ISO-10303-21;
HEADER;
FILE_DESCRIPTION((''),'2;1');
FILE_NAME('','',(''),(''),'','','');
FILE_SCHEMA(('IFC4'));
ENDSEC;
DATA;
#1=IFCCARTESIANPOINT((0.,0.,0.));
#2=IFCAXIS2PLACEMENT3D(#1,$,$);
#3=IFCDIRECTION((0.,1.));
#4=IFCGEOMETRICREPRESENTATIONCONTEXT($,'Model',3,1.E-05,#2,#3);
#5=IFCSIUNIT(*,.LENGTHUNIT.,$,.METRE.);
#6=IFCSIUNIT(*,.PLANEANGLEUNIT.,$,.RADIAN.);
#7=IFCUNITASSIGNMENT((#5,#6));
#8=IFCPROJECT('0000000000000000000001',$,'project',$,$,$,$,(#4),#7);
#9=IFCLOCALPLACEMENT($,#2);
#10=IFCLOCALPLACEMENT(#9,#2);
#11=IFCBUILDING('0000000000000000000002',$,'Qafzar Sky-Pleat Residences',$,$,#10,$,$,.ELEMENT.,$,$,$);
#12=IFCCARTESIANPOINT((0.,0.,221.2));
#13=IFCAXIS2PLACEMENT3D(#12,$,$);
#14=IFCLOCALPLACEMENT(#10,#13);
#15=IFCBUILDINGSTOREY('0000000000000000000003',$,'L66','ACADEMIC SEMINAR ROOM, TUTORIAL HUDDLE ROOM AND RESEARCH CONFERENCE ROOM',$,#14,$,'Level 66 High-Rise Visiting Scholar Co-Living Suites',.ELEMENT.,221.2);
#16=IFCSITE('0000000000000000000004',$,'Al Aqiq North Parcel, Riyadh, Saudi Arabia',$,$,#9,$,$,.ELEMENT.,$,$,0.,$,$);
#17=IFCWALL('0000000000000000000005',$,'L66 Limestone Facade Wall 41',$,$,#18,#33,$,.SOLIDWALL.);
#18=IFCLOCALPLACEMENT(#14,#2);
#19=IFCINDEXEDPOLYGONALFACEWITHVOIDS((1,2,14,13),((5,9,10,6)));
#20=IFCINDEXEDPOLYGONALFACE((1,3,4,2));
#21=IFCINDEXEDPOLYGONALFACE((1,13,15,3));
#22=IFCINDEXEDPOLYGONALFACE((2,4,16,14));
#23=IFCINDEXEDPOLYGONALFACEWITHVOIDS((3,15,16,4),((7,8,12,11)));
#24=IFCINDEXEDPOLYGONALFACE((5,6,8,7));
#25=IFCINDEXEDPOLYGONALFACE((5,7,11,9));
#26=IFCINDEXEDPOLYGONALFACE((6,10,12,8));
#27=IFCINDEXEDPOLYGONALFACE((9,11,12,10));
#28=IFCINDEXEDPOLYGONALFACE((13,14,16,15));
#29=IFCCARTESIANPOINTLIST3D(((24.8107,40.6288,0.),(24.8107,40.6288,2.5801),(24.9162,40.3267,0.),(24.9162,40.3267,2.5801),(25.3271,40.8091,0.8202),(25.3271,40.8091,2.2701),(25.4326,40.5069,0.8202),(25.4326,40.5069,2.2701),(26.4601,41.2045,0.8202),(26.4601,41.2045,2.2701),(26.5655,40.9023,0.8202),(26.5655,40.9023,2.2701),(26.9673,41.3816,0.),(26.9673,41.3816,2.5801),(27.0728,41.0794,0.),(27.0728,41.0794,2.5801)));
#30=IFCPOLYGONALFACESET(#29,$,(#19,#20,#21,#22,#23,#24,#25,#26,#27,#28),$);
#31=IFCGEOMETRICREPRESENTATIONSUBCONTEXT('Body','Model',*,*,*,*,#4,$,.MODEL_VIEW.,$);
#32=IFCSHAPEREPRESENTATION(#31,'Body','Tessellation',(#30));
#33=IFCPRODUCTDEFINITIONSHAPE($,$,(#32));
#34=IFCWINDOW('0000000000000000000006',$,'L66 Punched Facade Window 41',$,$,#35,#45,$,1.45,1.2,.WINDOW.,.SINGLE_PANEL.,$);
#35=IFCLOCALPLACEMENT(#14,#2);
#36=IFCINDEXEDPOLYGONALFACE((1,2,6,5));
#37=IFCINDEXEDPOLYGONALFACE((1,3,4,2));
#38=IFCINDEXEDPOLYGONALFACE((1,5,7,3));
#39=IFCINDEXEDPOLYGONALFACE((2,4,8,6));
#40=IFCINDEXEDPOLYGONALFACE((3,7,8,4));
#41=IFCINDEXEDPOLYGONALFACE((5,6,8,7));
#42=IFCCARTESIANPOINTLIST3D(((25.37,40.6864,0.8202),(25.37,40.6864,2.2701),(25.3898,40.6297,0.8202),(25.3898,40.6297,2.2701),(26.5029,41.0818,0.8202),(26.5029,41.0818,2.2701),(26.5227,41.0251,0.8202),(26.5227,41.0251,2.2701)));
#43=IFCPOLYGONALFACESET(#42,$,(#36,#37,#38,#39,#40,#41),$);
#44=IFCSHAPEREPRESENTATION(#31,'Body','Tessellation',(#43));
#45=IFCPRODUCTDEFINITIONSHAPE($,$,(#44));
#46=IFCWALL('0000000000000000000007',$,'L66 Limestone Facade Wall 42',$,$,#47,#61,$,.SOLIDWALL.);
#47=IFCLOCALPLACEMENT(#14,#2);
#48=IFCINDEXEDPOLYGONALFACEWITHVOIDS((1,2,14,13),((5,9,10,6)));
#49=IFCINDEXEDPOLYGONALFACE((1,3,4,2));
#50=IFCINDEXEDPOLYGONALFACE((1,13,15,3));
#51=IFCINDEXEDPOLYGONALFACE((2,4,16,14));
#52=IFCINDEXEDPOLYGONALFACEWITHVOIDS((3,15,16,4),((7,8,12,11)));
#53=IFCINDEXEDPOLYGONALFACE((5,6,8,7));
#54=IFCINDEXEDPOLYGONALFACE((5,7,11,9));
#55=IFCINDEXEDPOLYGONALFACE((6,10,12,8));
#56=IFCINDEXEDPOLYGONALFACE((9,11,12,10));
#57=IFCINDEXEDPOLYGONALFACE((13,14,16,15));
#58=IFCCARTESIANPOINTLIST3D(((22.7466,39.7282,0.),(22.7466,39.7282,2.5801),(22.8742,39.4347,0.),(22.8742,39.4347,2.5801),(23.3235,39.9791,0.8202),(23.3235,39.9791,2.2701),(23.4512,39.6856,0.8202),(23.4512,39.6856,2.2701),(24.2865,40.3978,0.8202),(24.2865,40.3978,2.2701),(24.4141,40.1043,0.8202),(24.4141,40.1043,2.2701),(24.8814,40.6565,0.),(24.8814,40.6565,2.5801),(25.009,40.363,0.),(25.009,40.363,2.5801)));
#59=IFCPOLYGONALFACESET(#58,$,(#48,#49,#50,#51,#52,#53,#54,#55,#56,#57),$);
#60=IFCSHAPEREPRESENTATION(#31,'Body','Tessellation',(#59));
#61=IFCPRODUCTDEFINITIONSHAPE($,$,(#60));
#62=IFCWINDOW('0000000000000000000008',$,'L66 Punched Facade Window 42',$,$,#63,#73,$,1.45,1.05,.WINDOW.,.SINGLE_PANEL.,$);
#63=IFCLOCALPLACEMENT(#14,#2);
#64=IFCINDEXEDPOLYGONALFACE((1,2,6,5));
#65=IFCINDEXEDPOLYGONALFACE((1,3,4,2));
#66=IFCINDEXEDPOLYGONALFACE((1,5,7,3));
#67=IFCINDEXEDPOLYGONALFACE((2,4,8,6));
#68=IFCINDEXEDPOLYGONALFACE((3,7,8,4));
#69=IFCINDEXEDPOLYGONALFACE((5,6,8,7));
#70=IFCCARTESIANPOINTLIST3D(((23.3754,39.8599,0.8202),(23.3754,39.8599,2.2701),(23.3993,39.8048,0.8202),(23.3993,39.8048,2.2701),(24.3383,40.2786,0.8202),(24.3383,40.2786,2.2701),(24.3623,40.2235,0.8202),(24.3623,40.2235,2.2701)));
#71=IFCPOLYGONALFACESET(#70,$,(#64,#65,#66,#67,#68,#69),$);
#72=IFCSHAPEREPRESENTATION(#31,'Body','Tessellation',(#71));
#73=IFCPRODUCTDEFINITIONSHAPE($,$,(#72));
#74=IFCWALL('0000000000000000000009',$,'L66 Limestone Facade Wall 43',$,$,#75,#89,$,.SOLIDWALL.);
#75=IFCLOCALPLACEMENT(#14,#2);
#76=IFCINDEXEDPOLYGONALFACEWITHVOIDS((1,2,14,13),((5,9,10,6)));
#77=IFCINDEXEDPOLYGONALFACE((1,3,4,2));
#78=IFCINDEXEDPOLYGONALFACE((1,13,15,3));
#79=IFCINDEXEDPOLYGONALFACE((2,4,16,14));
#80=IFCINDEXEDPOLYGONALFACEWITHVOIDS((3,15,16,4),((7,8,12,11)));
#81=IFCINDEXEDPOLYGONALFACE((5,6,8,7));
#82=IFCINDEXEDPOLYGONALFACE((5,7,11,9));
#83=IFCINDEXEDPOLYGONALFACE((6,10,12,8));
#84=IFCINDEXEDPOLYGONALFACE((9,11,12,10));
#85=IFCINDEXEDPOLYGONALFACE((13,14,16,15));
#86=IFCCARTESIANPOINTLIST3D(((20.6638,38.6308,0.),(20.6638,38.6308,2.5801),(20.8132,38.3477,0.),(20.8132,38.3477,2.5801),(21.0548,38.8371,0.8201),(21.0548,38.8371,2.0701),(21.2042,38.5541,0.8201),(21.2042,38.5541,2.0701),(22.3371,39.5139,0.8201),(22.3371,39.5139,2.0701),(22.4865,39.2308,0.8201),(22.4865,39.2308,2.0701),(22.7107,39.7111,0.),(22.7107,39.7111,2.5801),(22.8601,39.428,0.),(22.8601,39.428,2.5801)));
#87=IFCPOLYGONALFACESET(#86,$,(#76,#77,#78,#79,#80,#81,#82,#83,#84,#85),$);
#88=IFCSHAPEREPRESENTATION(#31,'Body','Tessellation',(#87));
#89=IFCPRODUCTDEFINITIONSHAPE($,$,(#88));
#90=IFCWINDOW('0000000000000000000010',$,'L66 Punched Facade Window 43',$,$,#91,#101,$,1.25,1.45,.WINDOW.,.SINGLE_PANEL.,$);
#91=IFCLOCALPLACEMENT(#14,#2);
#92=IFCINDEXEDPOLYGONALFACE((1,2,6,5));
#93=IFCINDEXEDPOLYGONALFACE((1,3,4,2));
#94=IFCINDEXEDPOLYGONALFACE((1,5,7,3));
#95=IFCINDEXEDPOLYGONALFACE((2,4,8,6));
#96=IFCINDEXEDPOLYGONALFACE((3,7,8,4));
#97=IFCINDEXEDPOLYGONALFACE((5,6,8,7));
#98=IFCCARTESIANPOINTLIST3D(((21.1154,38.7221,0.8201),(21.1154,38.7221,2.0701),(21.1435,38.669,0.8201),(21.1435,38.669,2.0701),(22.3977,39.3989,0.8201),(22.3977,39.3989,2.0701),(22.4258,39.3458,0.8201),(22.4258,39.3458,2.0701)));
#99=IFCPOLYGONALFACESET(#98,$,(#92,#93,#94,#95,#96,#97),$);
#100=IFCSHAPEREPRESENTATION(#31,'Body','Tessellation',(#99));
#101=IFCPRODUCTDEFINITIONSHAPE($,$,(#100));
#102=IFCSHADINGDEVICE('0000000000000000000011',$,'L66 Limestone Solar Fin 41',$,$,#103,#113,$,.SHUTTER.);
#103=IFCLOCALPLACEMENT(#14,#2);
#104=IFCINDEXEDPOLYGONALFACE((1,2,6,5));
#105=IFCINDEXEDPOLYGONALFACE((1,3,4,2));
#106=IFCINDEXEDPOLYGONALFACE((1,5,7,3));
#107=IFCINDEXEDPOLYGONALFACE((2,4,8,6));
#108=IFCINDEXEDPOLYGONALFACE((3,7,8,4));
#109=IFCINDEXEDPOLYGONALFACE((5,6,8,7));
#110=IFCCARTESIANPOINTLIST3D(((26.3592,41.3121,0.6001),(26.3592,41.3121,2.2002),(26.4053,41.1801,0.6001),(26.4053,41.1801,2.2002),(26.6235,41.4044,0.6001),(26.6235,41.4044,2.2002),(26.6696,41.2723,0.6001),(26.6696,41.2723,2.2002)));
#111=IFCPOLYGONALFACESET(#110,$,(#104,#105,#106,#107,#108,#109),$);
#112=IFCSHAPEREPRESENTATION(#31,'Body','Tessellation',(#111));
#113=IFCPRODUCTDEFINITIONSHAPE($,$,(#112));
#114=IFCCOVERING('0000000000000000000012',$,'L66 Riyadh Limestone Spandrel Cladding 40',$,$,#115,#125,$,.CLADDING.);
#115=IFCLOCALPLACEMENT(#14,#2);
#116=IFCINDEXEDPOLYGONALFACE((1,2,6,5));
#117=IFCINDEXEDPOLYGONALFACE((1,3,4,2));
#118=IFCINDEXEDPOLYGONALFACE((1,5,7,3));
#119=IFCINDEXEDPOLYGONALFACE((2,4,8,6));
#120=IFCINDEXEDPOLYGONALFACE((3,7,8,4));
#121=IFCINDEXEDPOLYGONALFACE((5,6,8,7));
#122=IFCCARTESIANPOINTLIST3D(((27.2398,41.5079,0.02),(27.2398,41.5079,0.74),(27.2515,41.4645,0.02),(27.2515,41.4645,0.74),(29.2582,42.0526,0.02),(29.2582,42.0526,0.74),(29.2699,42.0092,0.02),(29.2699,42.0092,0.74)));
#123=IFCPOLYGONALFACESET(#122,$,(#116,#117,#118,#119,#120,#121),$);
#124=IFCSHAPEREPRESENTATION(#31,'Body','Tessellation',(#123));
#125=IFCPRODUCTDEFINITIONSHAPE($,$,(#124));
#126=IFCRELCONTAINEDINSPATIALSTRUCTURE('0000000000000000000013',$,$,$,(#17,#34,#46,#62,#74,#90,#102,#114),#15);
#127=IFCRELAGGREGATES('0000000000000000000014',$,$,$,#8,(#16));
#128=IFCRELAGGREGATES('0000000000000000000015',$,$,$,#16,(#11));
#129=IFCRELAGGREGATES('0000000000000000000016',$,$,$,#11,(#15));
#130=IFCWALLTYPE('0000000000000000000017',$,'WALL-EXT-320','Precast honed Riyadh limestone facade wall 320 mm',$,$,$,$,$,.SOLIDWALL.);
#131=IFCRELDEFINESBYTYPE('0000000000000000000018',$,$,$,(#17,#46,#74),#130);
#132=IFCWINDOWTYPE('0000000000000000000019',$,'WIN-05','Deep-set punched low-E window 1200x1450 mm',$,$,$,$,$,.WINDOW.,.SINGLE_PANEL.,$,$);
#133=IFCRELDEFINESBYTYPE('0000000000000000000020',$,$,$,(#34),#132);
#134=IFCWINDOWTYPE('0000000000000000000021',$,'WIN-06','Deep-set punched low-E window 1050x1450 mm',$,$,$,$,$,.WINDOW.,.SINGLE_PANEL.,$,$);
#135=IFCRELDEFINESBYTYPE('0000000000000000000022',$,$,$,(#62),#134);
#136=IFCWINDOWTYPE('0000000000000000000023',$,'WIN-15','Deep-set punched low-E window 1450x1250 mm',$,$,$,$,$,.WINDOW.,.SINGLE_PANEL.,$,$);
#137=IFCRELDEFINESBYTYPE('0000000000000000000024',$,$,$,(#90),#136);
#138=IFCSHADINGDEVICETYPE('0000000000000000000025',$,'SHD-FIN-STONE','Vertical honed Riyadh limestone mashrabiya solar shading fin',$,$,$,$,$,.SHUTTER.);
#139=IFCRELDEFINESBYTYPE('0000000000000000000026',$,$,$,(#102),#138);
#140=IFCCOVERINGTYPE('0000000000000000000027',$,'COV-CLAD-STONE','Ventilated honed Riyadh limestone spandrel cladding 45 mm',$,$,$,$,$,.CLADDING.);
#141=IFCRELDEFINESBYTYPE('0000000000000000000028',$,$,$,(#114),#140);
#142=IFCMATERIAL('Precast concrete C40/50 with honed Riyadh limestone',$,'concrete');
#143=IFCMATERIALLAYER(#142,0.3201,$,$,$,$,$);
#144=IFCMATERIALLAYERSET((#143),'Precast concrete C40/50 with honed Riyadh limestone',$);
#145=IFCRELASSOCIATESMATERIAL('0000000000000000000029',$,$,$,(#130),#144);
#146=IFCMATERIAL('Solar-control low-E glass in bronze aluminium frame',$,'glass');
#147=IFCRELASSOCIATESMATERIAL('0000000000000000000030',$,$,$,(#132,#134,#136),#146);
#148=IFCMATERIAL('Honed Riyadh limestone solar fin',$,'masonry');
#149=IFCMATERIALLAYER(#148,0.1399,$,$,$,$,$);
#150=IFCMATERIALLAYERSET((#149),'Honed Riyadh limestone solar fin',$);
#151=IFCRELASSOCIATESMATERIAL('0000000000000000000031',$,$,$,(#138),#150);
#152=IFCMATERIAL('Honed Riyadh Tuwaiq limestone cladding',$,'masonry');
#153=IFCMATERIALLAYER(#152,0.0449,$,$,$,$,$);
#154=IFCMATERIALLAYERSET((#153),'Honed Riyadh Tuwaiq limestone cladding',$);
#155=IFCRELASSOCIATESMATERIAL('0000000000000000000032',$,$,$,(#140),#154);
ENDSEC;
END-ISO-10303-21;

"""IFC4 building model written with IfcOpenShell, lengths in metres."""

from ifc_helpers import new_model, si_unit, direction, frame, frame_2d, origin, origin_2d, place, context, subcontext, project, spatial, rectangle, extrude, source, transform, mapped, material, layer, layer_set, type_object, element, fill, save


model = new_model("IFC4")

# Units and contexts
model_context = context("Model", 3, precision=1e-05, world=origin(), true_north=direction((0.0, 1.0)))
body_context = subcontext(model_context, "Body", "Model", "MODEL_VIEW")
ifc_project = project(units=[si_unit("LENGTHUNIT", "METRE"), si_unit("PLANEANGLEUNIT", "RADIAN")], contexts=[model_context])

# Site, building, storey
site_placement = place(None, origin())
site = spatial("IfcSite", under=ifc_project, at=site_placement, Name="Al Aqiq North Parcel, Riyadh, Saudi Arabia", CompositionType="ELEMENT", RefElevation=0.0)
building_placement = place(site_placement, origin())
building = spatial("IfcBuilding", under=site, at=building_placement, Name="Qafzar Sky-Pleat Residences", CompositionType="ELEMENT")
storey_placement = place(building_placement, frame((0.0, 0.0, 221.2)))
storey = spatial("IfcBuildingStorey", under=building, at=storey_placement, Name="L66", Description="ACADEMIC SEMINAR ROOM, TUTORIAL HUDDLE ROOM AND RESEARCH CONFERENCE ROOM", LongName="Level 66 High-Rise Visiting Scholar Co-Living Suites", CompositionType="ELEMENT", Elevation=221.2)

# Walls, openings, windows
ifc_material_1 = material(Name="Precast concrete C40/50 with honed Riyadh limestone", Category="concrete")
ifc_layer_1 = layer(ifc_material_1, 0.3201)
ifc_layer_set_1 = layer_set([ifc_layer_1], Name="Precast concrete C40/50 with honed Riyadh limestone")
wall_type_1 = type_object("IfcWallType", Name="WALL-EXT-320", Description="Precast honed Riyadh limestone facade wall 320 mm", PredefinedType="SOLIDWALL", material=ifc_layer_set_1)
wall_1_placement = place(storey_placement, frame((27.02, 41.2305, 0.0), z_axis=(0.0, 0.0, 1.0), x_axis=(-0.944143, -0.329536, 0.0)))
wall_1 = element("IfcWall", 1, at=wall_1_placement, inside=storey, type_object=wall_type_1, Name="L66 Limestone Facade Wall 41", PredefinedType="SOLIDWALL", context=body_context, shape_type="SweptSolid", body=[
    extrude(rectangle(XDim=2.2842, YDim=0.3201, at=frame_2d((1.1421, 0.0))), origin(), (0.0, 0.0, 1.0), 2.5801),
])
opening_1_placement = place(wall_1_placement, frame((0.5371, 0.0, 0.8201)))
opening_1 = element("IfcOpeningElement", 2, at=opening_1_placement, cuts=wall_1, PredefinedType="OPENING", context=body_context, shape_type="SweptSolid", body=[
    extrude(rectangle(XDim=1.2, YDim=1.45, at=frame_2d((0.6001, 0.7251))), frame((0.0, 0.1699, 0.0), z_axis=(0.0, -1.0, 0.0), x_axis=(1.0, 0.0, 0.0)), (0.0, 0.0, 1.0), 0.3401),
])
ifc_material_2 = material(Name="Solar-control low-E glass in bronze aluminium frame", Category="glass")
window_type_1 = type_object("IfcWindowType", Name="WIN-05", Description="Deep-set punched low-E window 1200x1450 mm", PartitioningType="SINGLE_PANEL", PredefinedType="WINDOW", material=ifc_material_2)
shared_shape_1 = source(origin(), body_context, "Body", "SweptSolid", [
    extrude(rectangle(XDim=1.2, YDim=1.45, at=frame_2d((0.6001, 0.7251))), frame((0.0, 0.03, 0.0), z_axis=(0.0, -1.0, 0.0), x_axis=(1.0, 0.0, 0.0)), (0.0, 0.0, 1.0), 0.0601),
])
window_1_placement = place(opening_1_placement, origin())
window_1 = element("IfcWindow", 3, at=window_1_placement, inside=storey, type_object=window_type_1, Name="L66 Punched Facade Window 41", OverallHeight=1.45, OverallWidth=1.2, PartitioningType="SINGLE_PANEL", PredefinedType="WINDOW", context=body_context, shape_type="MappedRepresentation", body=[
    mapped(shared_shape_1, transform((0.0, 0.0, 0.0), x_axis=(1.0, 0.0, 0.0), y_axis=(0.0, 1.0, 0.0), z_axis=(0.0, 0.0, 1.0), scale=1.0)),
])
fill(opening_1, window_1)
wall_2_placement = place(storey_placement, frame((24.9453, 40.5098, 0.0), z_axis=(0.0, 0.0, 1.0), x_axis=(-0.91706, -0.398749, 0.0)))
wall_2 = element("IfcWall", 4, at=wall_2_placement, inside=storey, type_object=wall_type_1, Name="L66 Limestone Facade Wall 42", PredefinedType="SOLIDWALL", context=body_context, shape_type="SweptSolid", body=[
    extrude(rectangle(XDim=2.3279, YDim=0.3201, at=frame_2d((1.1641, 0.0))), origin(), (0.0, 0.0, 1.0), 2.5801),
])
opening_2_placement = place(wall_2_placement, frame((0.6489, 0.0, 0.8201)))
opening_2 = element("IfcOpeningElement", 5, at=opening_2_placement, cuts=wall_2, PredefinedType="OPENING", context=body_context, shape_type="SweptSolid", body=[
    extrude(rectangle(XDim=1.05, YDim=1.45, at=frame_2d((0.5249, 0.7251))), frame((0.0, 0.1699, 0.0), z_axis=(0.0, -1.0, 0.0), x_axis=(1.0, 0.0, 0.0)), (0.0, 0.0, 1.0), 0.3401),
])
window_type_2 = type_object("IfcWindowType", Name="WIN-06", Description="Deep-set punched low-E window 1050x1450 mm", PartitioningType="SINGLE_PANEL", PredefinedType="WINDOW", material=ifc_material_2)
shared_shape_2 = source(origin(), body_context, "Body", "SweptSolid", [
    extrude(rectangle(XDim=1.05, YDim=1.45, at=frame_2d((0.5249, 0.7251))), frame((0.0, 0.03, 0.0), z_axis=(0.0, -1.0, 0.0), x_axis=(1.0, 0.0, 0.0)), (0.0, 0.0, 1.0), 0.0601),
])
window_2_placement = place(opening_2_placement, origin())
window_2 = element("IfcWindow", 6, at=window_2_placement, inside=storey, type_object=window_type_2, Name="L66 Punched Facade Window 42", OverallHeight=1.45, OverallWidth=1.05, PartitioningType="SINGLE_PANEL", PredefinedType="WINDOW", context=body_context, shape_type="MappedRepresentation", body=[
    mapped(shared_shape_2, transform((0.0, 0.0, 0.0), x_axis=(1.0, 0.0, 0.0), y_axis=(0.0, 1.0, 0.0), z_axis=(0.0, 0.0, 1.0), scale=1.0)),
])
fill(opening_2, window_2)
wall_3_placement = place(storey_placement, frame((22.7854, 39.5696, 0.0), z_axis=(0.0, 0.0, 1.0), x_axis=(-0.88438, -0.466768, 0.0)))
wall_3 = element("IfcWall", 7, at=wall_3_placement, inside=storey, type_object=wall_type_1, Name="L66 Limestone Facade Wall 43", PredefinedType="SOLIDWALL", context=body_context, shape_type="SweptSolid", body=[
    extrude(rectangle(XDim=2.3145, YDim=0.3201, at=frame_2d((1.1572, 0.0))), origin(), (0.0, 0.0, 1.0), 2.5801),
])
opening_3_placement = place(wall_3_placement, frame((0.4224, 0.0, 0.8201)))
opening_3 = element("IfcOpeningElement", 8, at=opening_3_placement, cuts=wall_3, PredefinedType="OPENING", context=body_context, shape_type="SweptSolid", body=[
    extrude(rectangle(XDim=1.45, YDim=1.25, at=frame_2d((0.7251, 0.625))), frame((0.0, 0.1699, 0.0), z_axis=(0.0, -1.0, 0.0), x_axis=(1.0, 0.0, 0.0)), (0.0, 0.0, 1.0), 0.3401),
])
window_type_3 = type_object("IfcWindowType", Name="WIN-15", Description="Deep-set punched low-E window 1450x1250 mm", PartitioningType="SINGLE_PANEL", PredefinedType="WINDOW", material=ifc_material_2)
shared_shape_3 = source(origin(), body_context, "Body", "SweptSolid", [
    extrude(rectangle(XDim=1.45, YDim=1.25, at=frame_2d((0.7251, 0.625))), frame((0.0, 0.03, 0.0), z_axis=(0.0, -1.0, 0.0), x_axis=(1.0, 0.0, 0.0)), (0.0, 0.0, 1.0), 0.0601),
])
window_3_placement = place(opening_3_placement, origin())
window_3 = element("IfcWindow", 9, at=window_3_placement, inside=storey, type_object=window_type_3, Name="L66 Punched Facade Window 43", OverallHeight=1.25, OverallWidth=1.45, PartitioningType="SINGLE_PANEL", PredefinedType="WINDOW", context=body_context, shape_type="MappedRepresentation", body=[
    mapped(shared_shape_3, transform((0.0, 0.0, 0.0), x_axis=(1.0, 0.0, 0.0), y_axis=(0.0, 1.0, 0.0), z_axis=(0.0, 0.0, 1.0), scale=1.0)),
])
fill(opening_3, window_3)

# Shading device
ifc_material_3 = material(Name="Honed Riyadh limestone solar fin", Category="masonry")
ifc_layer_2 = layer(ifc_material_3, 0.1399)
ifc_layer_set_2 = layer_set([ifc_layer_2], Name="Honed Riyadh limestone solar fin")
shading_device_type = type_object("IfcShadingDeviceType", Name="SHD-FIN-STONE", Description="Vertical honed Riyadh limestone mashrabiya solar shading fin", PredefinedType="SHUTTER", material=ifc_layer_set_2)
shared_shape_4 = source(origin(), body_context, "Body", "SweptSolid", [
    extrude(rectangle(XDim=0.1399, YDim=0.28, at=origin_2d()), origin(), (0.0, 0.0, 1.0), 1.6001),
])
shading_device_placement = place(storey_placement, frame((26.5144, 41.2922, 0.6001), z_axis=(0.0, 0.0, 1.0), x_axis=(-0.32954, 0.944142, 0.0)))
element("IfcShadingDevice", 10, at=shading_device_placement, inside=storey, type_object=shading_device_type, Name="L66 Limestone Solar Fin 41", PredefinedType="SHUTTER", context=body_context, shape_type="MappedRepresentation", body=[
    mapped(shared_shape_4, transform((0.0, 0.0, 0.0), x_axis=(1.0, 0.0, 0.0), y_axis=(0.0, 1.0, 0.0), z_axis=(0.0, 0.0, 1.0), scale=1.0)),
])

# Covering
ifc_material_4 = material(Name="Honed Riyadh Tuwaiq limestone cladding", Category="masonry")
ifc_layer_3 = layer(ifc_material_4, 0.0449)
ifc_layer_set_3 = layer_set([ifc_layer_3], Name="Honed Riyadh Tuwaiq limestone cladding")
covering_type = type_object("IfcCoveringType", Name="COV-CLAD-STONE", Description="Ventilated honed Riyadh limestone spandrel cladding 45 mm", PredefinedType="CLADDING", material=ifc_layer_set_3)
shared_shape_5 = source(origin(), body_context, "Body", "SweptSolid", [
    extrude(rectangle(XDim=2.0906, YDim=0.0449, at=origin_2d()), origin(), (0.0, 0.0, 1.0), 0.72),
])
covering_placement = place(storey_placement, frame((28.2549, 41.7585, 0.02), z_axis=(0.0, 0.0, 1.0), x_axis=(-0.965462, -0.260545, 0.0)))
element("IfcCovering", 11, at=covering_placement, inside=storey, type_object=covering_type, Name="L66 Riyadh Limestone Spandrel Cladding 40", PredefinedType="CLADDING", context=body_context, shape_type="MappedRepresentation", body=[
    mapped(shared_shape_5, transform((0.0, 0.0, 0.0), x_axis=(1.0, 0.0, 0.0), y_axis=(0.0, 1.0, 0.0), z_axis=(0.0, 0.0, 1.0), scale=1.0)),
])

save(model, "model.ifc")
